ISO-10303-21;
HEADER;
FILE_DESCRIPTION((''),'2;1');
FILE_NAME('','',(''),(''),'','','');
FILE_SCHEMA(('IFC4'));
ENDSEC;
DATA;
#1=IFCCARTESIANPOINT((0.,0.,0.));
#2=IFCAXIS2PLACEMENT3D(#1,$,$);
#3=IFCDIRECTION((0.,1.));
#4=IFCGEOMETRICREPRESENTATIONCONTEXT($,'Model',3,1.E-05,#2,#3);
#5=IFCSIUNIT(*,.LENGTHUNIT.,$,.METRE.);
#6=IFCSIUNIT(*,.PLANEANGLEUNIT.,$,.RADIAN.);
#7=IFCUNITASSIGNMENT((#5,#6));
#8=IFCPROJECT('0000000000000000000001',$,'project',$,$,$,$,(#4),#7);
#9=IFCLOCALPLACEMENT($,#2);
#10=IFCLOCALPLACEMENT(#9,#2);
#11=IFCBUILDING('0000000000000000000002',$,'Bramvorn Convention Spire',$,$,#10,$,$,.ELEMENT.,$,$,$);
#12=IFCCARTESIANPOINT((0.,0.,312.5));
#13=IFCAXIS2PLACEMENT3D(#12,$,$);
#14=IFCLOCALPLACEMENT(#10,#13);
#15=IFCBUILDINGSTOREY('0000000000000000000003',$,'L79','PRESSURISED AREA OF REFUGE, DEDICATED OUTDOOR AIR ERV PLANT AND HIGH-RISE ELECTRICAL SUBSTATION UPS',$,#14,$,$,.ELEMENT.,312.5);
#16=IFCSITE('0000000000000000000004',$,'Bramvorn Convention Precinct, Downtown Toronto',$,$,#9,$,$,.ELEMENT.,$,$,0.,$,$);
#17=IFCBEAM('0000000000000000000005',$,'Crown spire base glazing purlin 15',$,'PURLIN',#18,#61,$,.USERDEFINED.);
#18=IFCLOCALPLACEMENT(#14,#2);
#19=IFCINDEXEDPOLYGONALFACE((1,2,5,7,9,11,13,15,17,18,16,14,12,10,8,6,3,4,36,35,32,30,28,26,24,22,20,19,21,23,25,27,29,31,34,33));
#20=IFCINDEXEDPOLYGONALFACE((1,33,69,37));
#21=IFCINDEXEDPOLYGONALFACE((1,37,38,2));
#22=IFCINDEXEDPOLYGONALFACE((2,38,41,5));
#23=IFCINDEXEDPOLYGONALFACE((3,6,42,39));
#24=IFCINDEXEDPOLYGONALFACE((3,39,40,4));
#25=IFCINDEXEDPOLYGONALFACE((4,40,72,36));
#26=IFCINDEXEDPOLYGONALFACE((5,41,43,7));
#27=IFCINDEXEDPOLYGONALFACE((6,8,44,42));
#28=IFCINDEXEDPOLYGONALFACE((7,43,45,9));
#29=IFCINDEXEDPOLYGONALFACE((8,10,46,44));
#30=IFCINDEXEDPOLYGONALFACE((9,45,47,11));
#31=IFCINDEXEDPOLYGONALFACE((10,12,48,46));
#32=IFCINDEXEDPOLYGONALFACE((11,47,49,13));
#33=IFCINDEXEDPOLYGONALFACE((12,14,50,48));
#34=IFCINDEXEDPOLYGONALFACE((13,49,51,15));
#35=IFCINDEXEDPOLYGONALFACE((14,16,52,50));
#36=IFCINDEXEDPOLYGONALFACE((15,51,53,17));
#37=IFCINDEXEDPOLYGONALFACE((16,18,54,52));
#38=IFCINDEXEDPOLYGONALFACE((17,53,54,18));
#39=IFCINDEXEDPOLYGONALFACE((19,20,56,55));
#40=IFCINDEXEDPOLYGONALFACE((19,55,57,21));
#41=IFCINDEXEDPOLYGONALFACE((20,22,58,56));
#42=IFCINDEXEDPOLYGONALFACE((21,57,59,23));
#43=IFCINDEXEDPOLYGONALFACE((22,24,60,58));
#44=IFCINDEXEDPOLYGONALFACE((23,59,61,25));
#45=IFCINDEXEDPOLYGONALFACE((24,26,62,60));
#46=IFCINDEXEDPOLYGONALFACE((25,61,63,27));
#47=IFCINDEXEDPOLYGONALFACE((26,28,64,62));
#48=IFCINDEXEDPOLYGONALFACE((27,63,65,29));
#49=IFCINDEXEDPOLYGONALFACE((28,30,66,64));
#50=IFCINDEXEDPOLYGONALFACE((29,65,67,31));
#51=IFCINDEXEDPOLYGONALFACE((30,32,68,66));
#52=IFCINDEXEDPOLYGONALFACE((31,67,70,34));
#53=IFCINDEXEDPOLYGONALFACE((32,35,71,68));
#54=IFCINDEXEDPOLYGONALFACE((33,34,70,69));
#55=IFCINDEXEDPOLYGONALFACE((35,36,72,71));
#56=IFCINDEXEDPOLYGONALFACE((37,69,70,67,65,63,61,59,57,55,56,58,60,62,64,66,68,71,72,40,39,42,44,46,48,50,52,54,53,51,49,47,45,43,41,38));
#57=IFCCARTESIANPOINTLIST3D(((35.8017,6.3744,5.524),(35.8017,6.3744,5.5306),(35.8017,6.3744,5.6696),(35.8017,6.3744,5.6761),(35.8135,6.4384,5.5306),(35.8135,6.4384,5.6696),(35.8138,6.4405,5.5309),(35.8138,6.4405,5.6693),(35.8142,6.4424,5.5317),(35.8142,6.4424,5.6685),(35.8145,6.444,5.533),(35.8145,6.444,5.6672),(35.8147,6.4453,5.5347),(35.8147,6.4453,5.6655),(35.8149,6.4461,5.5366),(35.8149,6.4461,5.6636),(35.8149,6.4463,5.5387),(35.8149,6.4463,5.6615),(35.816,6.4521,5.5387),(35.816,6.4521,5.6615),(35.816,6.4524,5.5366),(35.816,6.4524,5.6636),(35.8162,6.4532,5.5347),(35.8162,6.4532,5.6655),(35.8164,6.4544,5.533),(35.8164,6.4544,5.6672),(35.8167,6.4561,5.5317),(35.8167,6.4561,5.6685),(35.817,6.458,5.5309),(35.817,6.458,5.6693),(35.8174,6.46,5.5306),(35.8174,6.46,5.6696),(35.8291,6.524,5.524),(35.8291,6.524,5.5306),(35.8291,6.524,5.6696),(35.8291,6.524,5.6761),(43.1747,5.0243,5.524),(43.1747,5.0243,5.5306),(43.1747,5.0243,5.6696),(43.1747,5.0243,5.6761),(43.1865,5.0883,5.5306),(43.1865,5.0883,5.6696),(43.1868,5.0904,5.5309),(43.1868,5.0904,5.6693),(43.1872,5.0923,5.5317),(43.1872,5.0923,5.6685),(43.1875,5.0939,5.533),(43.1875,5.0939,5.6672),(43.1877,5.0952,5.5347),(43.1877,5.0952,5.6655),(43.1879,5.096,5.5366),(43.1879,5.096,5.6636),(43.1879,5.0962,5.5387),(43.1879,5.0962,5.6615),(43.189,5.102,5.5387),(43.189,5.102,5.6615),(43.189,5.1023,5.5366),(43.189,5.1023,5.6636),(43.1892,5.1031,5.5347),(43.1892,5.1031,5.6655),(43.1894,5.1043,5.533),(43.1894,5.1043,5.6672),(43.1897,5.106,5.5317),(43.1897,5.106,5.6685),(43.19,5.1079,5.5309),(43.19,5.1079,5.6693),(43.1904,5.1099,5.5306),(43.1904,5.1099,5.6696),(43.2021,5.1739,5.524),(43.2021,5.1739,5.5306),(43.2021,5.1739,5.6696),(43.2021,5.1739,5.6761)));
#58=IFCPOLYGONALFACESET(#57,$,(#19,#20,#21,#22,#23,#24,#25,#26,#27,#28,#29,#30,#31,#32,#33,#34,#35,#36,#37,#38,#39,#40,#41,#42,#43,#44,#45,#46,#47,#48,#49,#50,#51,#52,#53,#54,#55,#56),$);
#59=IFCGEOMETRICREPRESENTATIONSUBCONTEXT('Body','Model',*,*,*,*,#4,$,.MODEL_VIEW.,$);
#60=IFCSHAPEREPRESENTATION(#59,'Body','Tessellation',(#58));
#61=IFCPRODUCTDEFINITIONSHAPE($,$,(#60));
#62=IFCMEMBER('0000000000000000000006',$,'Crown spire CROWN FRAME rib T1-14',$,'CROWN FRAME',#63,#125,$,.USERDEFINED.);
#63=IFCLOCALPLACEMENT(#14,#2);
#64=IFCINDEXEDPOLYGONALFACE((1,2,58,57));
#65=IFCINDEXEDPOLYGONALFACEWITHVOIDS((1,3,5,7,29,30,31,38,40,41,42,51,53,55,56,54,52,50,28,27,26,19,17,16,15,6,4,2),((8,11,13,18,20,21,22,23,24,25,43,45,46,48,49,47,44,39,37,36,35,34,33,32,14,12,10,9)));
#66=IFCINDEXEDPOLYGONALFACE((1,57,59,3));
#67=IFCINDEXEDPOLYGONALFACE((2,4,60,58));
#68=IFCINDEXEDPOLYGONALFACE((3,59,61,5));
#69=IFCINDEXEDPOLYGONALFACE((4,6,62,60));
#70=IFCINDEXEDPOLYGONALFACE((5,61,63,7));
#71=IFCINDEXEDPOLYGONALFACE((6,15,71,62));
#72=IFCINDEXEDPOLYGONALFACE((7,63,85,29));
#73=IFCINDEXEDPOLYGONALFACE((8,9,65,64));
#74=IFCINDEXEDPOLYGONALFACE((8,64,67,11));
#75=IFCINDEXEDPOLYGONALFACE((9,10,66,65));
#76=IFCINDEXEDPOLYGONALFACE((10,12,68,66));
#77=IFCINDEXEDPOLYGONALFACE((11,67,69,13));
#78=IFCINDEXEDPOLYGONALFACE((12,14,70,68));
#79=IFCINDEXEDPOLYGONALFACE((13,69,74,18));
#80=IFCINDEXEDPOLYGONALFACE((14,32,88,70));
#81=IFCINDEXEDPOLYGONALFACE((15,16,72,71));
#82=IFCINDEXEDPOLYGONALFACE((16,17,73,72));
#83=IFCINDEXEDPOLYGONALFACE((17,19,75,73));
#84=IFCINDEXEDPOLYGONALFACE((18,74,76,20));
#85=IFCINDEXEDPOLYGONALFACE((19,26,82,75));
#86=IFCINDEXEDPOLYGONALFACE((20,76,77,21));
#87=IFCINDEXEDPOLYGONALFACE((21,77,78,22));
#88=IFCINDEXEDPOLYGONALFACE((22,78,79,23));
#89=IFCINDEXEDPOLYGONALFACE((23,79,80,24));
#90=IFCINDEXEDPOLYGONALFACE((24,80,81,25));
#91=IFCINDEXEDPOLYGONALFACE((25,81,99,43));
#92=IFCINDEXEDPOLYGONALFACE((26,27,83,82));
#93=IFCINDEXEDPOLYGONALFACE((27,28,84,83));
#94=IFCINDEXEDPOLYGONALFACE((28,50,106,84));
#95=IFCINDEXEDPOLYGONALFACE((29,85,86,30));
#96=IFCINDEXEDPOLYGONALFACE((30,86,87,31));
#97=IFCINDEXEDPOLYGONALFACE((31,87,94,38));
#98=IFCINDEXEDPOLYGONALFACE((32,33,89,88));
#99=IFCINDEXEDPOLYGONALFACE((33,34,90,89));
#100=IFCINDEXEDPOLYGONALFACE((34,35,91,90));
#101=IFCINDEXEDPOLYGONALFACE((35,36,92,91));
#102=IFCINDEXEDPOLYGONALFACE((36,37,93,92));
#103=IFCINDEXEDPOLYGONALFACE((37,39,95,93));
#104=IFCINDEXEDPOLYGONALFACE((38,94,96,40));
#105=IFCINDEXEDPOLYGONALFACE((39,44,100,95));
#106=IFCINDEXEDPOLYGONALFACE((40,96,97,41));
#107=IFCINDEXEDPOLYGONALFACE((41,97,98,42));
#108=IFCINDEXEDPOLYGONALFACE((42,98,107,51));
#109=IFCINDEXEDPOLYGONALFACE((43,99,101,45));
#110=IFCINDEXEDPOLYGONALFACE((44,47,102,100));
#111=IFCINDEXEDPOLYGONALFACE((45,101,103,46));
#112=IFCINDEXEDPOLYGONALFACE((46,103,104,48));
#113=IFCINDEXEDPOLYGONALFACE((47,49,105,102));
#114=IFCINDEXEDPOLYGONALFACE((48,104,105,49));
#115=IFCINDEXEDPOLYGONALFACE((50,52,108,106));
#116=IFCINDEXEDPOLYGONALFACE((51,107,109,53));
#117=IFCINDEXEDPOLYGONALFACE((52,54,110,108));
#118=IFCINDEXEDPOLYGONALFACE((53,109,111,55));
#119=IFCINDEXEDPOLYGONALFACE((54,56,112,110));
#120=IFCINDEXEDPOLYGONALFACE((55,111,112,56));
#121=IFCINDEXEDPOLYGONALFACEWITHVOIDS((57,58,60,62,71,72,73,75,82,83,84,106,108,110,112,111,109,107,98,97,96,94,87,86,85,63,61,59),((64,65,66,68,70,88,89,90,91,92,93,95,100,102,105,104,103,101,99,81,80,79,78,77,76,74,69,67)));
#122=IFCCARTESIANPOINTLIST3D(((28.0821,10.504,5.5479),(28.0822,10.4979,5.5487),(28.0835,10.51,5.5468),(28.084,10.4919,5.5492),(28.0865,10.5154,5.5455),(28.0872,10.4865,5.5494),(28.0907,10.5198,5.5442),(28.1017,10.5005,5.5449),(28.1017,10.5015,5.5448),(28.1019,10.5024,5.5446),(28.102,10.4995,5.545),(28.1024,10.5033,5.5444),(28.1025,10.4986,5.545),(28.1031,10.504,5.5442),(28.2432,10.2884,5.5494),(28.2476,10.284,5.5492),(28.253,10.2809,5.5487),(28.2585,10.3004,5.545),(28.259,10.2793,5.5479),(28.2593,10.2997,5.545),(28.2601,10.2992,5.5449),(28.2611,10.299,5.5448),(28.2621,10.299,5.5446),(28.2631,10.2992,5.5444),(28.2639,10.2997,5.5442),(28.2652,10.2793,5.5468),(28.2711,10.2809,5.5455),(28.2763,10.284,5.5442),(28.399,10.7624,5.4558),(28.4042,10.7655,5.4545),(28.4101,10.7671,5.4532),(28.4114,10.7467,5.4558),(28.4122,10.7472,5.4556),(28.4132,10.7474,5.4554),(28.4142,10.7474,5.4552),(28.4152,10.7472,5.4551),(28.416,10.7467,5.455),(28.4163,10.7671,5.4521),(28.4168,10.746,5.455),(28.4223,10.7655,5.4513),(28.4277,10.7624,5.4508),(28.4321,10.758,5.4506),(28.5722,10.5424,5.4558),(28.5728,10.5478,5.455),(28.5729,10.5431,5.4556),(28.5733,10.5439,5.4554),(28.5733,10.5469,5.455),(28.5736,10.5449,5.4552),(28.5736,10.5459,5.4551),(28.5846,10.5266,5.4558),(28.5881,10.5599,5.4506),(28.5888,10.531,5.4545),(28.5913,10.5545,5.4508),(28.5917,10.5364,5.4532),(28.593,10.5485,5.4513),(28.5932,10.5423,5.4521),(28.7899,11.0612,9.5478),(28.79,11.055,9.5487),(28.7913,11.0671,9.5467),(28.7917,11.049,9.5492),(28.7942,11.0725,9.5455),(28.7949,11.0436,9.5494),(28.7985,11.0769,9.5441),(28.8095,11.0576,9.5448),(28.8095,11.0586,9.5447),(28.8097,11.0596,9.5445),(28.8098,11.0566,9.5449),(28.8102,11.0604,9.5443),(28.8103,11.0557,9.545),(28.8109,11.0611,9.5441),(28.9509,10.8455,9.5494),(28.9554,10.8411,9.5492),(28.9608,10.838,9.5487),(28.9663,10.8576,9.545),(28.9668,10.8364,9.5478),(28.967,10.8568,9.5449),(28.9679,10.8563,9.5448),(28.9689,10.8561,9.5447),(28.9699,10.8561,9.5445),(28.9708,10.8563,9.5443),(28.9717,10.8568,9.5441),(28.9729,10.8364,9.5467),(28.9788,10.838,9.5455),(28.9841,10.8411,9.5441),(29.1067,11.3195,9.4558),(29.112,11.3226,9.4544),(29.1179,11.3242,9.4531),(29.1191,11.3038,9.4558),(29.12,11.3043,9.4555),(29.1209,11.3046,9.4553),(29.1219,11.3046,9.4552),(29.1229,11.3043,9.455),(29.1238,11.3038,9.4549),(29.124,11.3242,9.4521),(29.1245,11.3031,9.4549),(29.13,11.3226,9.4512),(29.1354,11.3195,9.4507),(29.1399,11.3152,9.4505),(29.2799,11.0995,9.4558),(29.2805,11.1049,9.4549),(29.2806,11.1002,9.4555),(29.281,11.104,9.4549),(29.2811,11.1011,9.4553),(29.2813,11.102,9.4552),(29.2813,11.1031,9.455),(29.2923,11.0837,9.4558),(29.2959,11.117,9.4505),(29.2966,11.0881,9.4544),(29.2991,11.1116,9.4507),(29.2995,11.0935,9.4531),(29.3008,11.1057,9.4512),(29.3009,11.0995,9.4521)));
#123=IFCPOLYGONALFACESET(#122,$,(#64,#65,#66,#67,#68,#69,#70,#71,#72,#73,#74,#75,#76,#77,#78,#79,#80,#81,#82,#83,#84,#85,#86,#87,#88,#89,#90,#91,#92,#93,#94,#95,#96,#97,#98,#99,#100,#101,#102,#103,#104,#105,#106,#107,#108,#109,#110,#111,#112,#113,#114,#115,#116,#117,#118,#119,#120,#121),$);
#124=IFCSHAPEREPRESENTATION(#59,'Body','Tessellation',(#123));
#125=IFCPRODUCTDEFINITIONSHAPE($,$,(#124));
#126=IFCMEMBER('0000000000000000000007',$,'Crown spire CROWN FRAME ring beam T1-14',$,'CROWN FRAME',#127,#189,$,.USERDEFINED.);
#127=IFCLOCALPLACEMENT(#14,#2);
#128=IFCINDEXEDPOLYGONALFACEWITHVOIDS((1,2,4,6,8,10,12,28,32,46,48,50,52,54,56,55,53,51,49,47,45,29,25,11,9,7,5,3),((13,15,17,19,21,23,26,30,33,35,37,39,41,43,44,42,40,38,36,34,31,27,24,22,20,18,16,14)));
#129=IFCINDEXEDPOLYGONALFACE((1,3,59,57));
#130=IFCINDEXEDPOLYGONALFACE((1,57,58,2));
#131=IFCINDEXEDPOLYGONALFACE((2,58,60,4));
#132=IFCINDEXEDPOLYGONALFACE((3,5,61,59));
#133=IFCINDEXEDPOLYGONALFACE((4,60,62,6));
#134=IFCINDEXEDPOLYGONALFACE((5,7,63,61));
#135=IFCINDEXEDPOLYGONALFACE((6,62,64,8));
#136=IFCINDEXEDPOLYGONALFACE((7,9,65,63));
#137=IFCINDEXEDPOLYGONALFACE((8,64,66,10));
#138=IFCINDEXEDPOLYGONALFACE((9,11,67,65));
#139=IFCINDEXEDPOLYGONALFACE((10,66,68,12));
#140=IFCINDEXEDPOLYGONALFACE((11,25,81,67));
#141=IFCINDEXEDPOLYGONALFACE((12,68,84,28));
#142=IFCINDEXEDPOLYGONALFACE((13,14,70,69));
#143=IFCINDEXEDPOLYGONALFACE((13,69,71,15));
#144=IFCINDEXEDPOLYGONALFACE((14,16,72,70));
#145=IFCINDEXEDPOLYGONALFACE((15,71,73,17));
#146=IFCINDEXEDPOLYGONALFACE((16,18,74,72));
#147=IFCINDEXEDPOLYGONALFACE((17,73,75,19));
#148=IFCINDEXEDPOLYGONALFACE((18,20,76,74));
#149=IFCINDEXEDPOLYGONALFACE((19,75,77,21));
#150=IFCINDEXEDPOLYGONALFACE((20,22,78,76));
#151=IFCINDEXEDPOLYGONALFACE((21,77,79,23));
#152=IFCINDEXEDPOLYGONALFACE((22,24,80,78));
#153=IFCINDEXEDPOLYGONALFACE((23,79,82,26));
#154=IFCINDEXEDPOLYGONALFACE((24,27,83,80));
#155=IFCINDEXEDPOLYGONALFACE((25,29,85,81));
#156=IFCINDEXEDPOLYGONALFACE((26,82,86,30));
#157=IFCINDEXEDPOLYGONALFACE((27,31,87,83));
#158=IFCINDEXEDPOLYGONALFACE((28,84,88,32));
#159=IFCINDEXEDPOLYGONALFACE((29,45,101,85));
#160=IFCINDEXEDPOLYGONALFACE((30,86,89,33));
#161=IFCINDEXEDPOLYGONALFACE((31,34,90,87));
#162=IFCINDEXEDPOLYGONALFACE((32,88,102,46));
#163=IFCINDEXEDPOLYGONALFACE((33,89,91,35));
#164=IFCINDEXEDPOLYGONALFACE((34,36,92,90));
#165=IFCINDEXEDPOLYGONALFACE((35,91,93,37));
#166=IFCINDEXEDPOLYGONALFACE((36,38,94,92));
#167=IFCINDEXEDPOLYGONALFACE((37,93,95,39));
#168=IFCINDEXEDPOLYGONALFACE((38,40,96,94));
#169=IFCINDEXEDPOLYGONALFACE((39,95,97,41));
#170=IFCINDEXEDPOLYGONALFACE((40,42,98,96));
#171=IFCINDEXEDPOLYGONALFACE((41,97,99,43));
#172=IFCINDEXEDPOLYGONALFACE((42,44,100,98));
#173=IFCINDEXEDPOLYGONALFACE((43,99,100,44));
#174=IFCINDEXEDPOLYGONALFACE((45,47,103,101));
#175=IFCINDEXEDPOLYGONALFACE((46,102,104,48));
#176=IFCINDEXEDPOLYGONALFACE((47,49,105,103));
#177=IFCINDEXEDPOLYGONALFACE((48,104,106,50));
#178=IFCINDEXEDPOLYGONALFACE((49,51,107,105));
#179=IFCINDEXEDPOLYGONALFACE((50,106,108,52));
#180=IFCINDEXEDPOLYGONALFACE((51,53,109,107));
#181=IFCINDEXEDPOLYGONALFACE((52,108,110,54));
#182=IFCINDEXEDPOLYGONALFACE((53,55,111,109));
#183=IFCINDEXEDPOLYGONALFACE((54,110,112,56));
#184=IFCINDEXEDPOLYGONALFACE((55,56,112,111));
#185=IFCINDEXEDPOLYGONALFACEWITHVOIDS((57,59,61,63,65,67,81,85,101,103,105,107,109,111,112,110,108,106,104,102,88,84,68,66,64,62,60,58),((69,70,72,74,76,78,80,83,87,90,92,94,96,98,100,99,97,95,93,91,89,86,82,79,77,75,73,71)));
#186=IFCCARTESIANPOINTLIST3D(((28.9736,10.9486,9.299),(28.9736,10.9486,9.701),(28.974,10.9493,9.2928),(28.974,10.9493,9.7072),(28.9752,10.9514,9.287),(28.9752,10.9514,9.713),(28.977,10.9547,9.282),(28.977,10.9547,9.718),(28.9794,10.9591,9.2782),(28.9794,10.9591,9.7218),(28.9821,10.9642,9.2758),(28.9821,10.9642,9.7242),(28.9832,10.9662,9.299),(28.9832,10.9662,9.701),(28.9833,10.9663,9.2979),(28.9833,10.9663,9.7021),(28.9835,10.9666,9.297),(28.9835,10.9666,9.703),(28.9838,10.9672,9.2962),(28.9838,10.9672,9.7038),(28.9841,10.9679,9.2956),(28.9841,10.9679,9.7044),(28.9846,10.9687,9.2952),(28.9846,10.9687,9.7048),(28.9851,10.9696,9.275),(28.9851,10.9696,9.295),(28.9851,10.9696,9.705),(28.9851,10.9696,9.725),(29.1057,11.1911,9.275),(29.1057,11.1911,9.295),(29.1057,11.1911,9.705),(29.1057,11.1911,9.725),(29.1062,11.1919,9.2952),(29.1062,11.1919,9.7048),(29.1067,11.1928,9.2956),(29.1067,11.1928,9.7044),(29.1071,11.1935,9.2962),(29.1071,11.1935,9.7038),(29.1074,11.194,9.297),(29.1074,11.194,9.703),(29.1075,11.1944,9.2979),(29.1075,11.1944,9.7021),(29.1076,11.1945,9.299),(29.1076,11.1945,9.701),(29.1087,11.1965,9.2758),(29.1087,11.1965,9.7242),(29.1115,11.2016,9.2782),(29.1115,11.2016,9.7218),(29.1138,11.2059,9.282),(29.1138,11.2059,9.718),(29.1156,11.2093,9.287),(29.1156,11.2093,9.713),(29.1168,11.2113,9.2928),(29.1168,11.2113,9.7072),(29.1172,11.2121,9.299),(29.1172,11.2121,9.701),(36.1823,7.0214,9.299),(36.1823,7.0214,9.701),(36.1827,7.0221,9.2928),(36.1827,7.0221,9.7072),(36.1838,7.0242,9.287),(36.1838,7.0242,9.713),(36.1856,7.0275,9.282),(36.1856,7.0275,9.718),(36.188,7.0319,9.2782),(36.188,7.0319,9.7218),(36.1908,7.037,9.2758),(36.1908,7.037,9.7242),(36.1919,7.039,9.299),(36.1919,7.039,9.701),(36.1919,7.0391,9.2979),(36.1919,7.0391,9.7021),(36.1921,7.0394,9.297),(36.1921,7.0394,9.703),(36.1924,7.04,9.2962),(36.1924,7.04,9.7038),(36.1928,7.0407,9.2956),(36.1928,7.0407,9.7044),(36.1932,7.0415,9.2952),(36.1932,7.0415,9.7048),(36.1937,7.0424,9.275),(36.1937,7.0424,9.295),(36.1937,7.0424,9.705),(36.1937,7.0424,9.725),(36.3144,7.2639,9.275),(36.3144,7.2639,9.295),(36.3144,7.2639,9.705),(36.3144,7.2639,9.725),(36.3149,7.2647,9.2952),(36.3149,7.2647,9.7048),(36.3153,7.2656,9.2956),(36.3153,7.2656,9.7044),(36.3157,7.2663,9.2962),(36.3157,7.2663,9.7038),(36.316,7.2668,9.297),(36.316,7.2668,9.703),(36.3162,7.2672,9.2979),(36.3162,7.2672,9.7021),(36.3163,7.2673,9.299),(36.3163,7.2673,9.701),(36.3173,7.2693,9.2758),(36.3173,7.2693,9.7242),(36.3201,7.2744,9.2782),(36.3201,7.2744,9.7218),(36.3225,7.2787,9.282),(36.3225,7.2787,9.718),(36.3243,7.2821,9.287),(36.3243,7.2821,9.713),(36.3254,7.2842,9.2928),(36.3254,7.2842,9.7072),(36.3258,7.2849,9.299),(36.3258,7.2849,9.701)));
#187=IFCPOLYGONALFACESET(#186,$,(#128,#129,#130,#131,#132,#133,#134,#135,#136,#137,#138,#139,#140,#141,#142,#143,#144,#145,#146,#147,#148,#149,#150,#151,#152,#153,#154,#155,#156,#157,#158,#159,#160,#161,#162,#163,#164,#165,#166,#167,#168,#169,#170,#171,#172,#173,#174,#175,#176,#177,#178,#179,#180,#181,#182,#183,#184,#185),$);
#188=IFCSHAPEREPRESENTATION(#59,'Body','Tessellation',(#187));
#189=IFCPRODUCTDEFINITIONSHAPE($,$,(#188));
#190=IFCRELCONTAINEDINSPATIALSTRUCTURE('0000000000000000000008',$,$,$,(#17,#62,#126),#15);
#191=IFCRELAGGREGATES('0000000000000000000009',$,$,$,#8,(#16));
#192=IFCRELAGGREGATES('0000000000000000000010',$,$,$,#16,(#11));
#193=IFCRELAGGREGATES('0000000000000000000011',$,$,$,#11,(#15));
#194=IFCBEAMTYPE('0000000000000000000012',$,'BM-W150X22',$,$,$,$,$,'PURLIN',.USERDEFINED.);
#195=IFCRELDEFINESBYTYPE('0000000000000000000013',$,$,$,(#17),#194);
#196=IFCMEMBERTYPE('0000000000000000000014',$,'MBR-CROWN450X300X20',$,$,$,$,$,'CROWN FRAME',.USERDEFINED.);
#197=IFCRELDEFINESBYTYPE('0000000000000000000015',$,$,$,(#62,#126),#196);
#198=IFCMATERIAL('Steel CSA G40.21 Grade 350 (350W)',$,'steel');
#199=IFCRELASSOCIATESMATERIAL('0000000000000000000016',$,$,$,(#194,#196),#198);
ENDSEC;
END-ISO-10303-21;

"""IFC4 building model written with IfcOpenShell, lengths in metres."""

from ifc_helpers import new_model, si_unit, direction, frame, origin, origin_2d, place, context, subcontext, project, spatial, hollow_rectangle, i_section, extrude, material, material_profile, profile_set, type_object, element, save


model = new_model("IFC4")

# Units and contexts
model_context = context("Model", 3, precision=1e-05, world=origin(), true_north=direction((0.0, 1.0)))
body_context = subcontext(model_context, "Body", "Model", "MODEL_VIEW")
ifc_project = project(units=[si_unit("LENGTHUNIT", "METRE"), si_unit("PLANEANGLEUNIT", "RADIAN")], contexts=[model_context])

# Site, building, storey
site_placement = place(None, origin())
site = spatial("IfcSite", under=ifc_project, at=site_placement, Name="Bramvorn Convention Precinct, Downtown Toronto", CompositionType="ELEMENT", RefElevation=0.0)
building_placement = place(site_placement, origin())
building = spatial("IfcBuilding", under=site, at=building_placement, Name="Bramvorn Convention Spire", CompositionType="ELEMENT")
storey_placement = place(building_placement, frame((0.0, 0.0, 312.5)))
storey = spatial("IfcBuildingStorey", under=building, at=storey_placement, Name="L79", Description="PRESSURISED AREA OF REFUGE, DEDICATED OUTDOOR AIR ERV PLANT AND HIGH-RISE ELECTRICAL SUBSTATION UPS", CompositionType="ELEMENT", Elevation=312.5)

# Beam
ifc_material_1 = material(Name="Steel CSA G40.21 Grade 350 (350W)", Category="steel")
ifc_material_profile_1 = material_profile(ifc_material_1, i_section(OverallWidth=0.1521, OverallDepth=0.1521, WebThickness=0.0059, FlangeThickness=0.0066, FilletRadius=0.0081, at=origin_2d()))
ifc_profile_set_1 = profile_set([ifc_material_profile_1], Name="Steel CSA G40.21 Grade 350 (350W) - W150X22")
beam_type = type_object("IfcBeamType", Name="BM-W150X22", ElementType="PURLIN", PredefinedType="USERDEFINED", material=ifc_profile_set_1)
beam_placement = place(storey_placement, frame((35.8154, 6.4492, 5.6001), z_axis=(0.983645, -0.180118, 0.0), x_axis=(0.180118, 0.983645, 0.0)))
element("IfcBeam", 1, at=beam_placement, inside=storey, type_object=beam_type, Name="Crown spire base glazing purlin 15", ObjectType="PURLIN", PredefinedType="USERDEFINED", context=body_context, shape_type="SweptSolid", body=[
    extrude(i_section(OverallWidth=0.1521, OverallDepth=0.1521, WebThickness=0.0059, FlangeThickness=0.0066, FilletRadius=0.0081, at=origin_2d()), origin(), (0.0, 0.0, 1.0), 7.4956),
])

# Members
ifc_material_profile_2 = material_profile(ifc_material_1, hollow_rectangle(XDim=0.3, YDim=0.45, WallThickness=0.02, InnerFilletRadius=0.0039, OuterFilletRadius=0.0239, at=origin_2d()))
ifc_profile_set_2 = profile_set([ifc_material_profile_2], Name="Steel CSA G40.21 Grade 350 (350W) - CROWN450X300X20")
member_type = type_object("IfcMemberType", Name="MBR-CROWN450X300X20", ElementType="CROWN FRAME", PredefinedType="USERDEFINED", material=ifc_profile_set_2)
member_1_placement = place(storey_placement, frame((28.3376, 10.5232, 5.5), z_axis=(0.172618, 0.13588, 0.975571), x_axis=(-0.618528, 0.785763, 0.0)))
element("IfcMember", 2, at=member_1_placement, inside=storey, type_object=member_type, Name="Crown spire CROWN FRAME rib T1-14", ObjectType="CROWN FRAME", PredefinedType="USERDEFINED", context=body_context, shape_type="SweptSolid", body=[
    extrude(hollow_rectangle(XDim=0.3, YDim=0.45, WallThickness=0.02, InnerFilletRadius=0.0039, OuterFilletRadius=0.0239, at=origin_2d()), origin(), (0.0, 0.0, 1.0), 4.1001),
])
member_2_placement = place(storey_placement, frame((29.0454, 11.0803, 9.5), z_axis=(0.878141, -0.478402, 0.0), x_axis=(0.478402, 0.878141, 0.0)))
element("IfcMember", 3, at=member_2_placement, inside=storey, type_object=member_type, Name="Crown spire CROWN FRAME ring beam T1-14", ObjectType="CROWN FRAME", PredefinedType="USERDEFINED", context=body_context, shape_type="SweptSolid", body=[
    extrude(hollow_rectangle(XDim=0.3, YDim=0.45, WallThickness=0.02, InnerFilletRadius=0.0039, OuterFilletRadius=0.0239, at=origin_2d()), origin(), (0.0, 0.0, 1.0), 8.209),
])

save(model, "model.ifc")
